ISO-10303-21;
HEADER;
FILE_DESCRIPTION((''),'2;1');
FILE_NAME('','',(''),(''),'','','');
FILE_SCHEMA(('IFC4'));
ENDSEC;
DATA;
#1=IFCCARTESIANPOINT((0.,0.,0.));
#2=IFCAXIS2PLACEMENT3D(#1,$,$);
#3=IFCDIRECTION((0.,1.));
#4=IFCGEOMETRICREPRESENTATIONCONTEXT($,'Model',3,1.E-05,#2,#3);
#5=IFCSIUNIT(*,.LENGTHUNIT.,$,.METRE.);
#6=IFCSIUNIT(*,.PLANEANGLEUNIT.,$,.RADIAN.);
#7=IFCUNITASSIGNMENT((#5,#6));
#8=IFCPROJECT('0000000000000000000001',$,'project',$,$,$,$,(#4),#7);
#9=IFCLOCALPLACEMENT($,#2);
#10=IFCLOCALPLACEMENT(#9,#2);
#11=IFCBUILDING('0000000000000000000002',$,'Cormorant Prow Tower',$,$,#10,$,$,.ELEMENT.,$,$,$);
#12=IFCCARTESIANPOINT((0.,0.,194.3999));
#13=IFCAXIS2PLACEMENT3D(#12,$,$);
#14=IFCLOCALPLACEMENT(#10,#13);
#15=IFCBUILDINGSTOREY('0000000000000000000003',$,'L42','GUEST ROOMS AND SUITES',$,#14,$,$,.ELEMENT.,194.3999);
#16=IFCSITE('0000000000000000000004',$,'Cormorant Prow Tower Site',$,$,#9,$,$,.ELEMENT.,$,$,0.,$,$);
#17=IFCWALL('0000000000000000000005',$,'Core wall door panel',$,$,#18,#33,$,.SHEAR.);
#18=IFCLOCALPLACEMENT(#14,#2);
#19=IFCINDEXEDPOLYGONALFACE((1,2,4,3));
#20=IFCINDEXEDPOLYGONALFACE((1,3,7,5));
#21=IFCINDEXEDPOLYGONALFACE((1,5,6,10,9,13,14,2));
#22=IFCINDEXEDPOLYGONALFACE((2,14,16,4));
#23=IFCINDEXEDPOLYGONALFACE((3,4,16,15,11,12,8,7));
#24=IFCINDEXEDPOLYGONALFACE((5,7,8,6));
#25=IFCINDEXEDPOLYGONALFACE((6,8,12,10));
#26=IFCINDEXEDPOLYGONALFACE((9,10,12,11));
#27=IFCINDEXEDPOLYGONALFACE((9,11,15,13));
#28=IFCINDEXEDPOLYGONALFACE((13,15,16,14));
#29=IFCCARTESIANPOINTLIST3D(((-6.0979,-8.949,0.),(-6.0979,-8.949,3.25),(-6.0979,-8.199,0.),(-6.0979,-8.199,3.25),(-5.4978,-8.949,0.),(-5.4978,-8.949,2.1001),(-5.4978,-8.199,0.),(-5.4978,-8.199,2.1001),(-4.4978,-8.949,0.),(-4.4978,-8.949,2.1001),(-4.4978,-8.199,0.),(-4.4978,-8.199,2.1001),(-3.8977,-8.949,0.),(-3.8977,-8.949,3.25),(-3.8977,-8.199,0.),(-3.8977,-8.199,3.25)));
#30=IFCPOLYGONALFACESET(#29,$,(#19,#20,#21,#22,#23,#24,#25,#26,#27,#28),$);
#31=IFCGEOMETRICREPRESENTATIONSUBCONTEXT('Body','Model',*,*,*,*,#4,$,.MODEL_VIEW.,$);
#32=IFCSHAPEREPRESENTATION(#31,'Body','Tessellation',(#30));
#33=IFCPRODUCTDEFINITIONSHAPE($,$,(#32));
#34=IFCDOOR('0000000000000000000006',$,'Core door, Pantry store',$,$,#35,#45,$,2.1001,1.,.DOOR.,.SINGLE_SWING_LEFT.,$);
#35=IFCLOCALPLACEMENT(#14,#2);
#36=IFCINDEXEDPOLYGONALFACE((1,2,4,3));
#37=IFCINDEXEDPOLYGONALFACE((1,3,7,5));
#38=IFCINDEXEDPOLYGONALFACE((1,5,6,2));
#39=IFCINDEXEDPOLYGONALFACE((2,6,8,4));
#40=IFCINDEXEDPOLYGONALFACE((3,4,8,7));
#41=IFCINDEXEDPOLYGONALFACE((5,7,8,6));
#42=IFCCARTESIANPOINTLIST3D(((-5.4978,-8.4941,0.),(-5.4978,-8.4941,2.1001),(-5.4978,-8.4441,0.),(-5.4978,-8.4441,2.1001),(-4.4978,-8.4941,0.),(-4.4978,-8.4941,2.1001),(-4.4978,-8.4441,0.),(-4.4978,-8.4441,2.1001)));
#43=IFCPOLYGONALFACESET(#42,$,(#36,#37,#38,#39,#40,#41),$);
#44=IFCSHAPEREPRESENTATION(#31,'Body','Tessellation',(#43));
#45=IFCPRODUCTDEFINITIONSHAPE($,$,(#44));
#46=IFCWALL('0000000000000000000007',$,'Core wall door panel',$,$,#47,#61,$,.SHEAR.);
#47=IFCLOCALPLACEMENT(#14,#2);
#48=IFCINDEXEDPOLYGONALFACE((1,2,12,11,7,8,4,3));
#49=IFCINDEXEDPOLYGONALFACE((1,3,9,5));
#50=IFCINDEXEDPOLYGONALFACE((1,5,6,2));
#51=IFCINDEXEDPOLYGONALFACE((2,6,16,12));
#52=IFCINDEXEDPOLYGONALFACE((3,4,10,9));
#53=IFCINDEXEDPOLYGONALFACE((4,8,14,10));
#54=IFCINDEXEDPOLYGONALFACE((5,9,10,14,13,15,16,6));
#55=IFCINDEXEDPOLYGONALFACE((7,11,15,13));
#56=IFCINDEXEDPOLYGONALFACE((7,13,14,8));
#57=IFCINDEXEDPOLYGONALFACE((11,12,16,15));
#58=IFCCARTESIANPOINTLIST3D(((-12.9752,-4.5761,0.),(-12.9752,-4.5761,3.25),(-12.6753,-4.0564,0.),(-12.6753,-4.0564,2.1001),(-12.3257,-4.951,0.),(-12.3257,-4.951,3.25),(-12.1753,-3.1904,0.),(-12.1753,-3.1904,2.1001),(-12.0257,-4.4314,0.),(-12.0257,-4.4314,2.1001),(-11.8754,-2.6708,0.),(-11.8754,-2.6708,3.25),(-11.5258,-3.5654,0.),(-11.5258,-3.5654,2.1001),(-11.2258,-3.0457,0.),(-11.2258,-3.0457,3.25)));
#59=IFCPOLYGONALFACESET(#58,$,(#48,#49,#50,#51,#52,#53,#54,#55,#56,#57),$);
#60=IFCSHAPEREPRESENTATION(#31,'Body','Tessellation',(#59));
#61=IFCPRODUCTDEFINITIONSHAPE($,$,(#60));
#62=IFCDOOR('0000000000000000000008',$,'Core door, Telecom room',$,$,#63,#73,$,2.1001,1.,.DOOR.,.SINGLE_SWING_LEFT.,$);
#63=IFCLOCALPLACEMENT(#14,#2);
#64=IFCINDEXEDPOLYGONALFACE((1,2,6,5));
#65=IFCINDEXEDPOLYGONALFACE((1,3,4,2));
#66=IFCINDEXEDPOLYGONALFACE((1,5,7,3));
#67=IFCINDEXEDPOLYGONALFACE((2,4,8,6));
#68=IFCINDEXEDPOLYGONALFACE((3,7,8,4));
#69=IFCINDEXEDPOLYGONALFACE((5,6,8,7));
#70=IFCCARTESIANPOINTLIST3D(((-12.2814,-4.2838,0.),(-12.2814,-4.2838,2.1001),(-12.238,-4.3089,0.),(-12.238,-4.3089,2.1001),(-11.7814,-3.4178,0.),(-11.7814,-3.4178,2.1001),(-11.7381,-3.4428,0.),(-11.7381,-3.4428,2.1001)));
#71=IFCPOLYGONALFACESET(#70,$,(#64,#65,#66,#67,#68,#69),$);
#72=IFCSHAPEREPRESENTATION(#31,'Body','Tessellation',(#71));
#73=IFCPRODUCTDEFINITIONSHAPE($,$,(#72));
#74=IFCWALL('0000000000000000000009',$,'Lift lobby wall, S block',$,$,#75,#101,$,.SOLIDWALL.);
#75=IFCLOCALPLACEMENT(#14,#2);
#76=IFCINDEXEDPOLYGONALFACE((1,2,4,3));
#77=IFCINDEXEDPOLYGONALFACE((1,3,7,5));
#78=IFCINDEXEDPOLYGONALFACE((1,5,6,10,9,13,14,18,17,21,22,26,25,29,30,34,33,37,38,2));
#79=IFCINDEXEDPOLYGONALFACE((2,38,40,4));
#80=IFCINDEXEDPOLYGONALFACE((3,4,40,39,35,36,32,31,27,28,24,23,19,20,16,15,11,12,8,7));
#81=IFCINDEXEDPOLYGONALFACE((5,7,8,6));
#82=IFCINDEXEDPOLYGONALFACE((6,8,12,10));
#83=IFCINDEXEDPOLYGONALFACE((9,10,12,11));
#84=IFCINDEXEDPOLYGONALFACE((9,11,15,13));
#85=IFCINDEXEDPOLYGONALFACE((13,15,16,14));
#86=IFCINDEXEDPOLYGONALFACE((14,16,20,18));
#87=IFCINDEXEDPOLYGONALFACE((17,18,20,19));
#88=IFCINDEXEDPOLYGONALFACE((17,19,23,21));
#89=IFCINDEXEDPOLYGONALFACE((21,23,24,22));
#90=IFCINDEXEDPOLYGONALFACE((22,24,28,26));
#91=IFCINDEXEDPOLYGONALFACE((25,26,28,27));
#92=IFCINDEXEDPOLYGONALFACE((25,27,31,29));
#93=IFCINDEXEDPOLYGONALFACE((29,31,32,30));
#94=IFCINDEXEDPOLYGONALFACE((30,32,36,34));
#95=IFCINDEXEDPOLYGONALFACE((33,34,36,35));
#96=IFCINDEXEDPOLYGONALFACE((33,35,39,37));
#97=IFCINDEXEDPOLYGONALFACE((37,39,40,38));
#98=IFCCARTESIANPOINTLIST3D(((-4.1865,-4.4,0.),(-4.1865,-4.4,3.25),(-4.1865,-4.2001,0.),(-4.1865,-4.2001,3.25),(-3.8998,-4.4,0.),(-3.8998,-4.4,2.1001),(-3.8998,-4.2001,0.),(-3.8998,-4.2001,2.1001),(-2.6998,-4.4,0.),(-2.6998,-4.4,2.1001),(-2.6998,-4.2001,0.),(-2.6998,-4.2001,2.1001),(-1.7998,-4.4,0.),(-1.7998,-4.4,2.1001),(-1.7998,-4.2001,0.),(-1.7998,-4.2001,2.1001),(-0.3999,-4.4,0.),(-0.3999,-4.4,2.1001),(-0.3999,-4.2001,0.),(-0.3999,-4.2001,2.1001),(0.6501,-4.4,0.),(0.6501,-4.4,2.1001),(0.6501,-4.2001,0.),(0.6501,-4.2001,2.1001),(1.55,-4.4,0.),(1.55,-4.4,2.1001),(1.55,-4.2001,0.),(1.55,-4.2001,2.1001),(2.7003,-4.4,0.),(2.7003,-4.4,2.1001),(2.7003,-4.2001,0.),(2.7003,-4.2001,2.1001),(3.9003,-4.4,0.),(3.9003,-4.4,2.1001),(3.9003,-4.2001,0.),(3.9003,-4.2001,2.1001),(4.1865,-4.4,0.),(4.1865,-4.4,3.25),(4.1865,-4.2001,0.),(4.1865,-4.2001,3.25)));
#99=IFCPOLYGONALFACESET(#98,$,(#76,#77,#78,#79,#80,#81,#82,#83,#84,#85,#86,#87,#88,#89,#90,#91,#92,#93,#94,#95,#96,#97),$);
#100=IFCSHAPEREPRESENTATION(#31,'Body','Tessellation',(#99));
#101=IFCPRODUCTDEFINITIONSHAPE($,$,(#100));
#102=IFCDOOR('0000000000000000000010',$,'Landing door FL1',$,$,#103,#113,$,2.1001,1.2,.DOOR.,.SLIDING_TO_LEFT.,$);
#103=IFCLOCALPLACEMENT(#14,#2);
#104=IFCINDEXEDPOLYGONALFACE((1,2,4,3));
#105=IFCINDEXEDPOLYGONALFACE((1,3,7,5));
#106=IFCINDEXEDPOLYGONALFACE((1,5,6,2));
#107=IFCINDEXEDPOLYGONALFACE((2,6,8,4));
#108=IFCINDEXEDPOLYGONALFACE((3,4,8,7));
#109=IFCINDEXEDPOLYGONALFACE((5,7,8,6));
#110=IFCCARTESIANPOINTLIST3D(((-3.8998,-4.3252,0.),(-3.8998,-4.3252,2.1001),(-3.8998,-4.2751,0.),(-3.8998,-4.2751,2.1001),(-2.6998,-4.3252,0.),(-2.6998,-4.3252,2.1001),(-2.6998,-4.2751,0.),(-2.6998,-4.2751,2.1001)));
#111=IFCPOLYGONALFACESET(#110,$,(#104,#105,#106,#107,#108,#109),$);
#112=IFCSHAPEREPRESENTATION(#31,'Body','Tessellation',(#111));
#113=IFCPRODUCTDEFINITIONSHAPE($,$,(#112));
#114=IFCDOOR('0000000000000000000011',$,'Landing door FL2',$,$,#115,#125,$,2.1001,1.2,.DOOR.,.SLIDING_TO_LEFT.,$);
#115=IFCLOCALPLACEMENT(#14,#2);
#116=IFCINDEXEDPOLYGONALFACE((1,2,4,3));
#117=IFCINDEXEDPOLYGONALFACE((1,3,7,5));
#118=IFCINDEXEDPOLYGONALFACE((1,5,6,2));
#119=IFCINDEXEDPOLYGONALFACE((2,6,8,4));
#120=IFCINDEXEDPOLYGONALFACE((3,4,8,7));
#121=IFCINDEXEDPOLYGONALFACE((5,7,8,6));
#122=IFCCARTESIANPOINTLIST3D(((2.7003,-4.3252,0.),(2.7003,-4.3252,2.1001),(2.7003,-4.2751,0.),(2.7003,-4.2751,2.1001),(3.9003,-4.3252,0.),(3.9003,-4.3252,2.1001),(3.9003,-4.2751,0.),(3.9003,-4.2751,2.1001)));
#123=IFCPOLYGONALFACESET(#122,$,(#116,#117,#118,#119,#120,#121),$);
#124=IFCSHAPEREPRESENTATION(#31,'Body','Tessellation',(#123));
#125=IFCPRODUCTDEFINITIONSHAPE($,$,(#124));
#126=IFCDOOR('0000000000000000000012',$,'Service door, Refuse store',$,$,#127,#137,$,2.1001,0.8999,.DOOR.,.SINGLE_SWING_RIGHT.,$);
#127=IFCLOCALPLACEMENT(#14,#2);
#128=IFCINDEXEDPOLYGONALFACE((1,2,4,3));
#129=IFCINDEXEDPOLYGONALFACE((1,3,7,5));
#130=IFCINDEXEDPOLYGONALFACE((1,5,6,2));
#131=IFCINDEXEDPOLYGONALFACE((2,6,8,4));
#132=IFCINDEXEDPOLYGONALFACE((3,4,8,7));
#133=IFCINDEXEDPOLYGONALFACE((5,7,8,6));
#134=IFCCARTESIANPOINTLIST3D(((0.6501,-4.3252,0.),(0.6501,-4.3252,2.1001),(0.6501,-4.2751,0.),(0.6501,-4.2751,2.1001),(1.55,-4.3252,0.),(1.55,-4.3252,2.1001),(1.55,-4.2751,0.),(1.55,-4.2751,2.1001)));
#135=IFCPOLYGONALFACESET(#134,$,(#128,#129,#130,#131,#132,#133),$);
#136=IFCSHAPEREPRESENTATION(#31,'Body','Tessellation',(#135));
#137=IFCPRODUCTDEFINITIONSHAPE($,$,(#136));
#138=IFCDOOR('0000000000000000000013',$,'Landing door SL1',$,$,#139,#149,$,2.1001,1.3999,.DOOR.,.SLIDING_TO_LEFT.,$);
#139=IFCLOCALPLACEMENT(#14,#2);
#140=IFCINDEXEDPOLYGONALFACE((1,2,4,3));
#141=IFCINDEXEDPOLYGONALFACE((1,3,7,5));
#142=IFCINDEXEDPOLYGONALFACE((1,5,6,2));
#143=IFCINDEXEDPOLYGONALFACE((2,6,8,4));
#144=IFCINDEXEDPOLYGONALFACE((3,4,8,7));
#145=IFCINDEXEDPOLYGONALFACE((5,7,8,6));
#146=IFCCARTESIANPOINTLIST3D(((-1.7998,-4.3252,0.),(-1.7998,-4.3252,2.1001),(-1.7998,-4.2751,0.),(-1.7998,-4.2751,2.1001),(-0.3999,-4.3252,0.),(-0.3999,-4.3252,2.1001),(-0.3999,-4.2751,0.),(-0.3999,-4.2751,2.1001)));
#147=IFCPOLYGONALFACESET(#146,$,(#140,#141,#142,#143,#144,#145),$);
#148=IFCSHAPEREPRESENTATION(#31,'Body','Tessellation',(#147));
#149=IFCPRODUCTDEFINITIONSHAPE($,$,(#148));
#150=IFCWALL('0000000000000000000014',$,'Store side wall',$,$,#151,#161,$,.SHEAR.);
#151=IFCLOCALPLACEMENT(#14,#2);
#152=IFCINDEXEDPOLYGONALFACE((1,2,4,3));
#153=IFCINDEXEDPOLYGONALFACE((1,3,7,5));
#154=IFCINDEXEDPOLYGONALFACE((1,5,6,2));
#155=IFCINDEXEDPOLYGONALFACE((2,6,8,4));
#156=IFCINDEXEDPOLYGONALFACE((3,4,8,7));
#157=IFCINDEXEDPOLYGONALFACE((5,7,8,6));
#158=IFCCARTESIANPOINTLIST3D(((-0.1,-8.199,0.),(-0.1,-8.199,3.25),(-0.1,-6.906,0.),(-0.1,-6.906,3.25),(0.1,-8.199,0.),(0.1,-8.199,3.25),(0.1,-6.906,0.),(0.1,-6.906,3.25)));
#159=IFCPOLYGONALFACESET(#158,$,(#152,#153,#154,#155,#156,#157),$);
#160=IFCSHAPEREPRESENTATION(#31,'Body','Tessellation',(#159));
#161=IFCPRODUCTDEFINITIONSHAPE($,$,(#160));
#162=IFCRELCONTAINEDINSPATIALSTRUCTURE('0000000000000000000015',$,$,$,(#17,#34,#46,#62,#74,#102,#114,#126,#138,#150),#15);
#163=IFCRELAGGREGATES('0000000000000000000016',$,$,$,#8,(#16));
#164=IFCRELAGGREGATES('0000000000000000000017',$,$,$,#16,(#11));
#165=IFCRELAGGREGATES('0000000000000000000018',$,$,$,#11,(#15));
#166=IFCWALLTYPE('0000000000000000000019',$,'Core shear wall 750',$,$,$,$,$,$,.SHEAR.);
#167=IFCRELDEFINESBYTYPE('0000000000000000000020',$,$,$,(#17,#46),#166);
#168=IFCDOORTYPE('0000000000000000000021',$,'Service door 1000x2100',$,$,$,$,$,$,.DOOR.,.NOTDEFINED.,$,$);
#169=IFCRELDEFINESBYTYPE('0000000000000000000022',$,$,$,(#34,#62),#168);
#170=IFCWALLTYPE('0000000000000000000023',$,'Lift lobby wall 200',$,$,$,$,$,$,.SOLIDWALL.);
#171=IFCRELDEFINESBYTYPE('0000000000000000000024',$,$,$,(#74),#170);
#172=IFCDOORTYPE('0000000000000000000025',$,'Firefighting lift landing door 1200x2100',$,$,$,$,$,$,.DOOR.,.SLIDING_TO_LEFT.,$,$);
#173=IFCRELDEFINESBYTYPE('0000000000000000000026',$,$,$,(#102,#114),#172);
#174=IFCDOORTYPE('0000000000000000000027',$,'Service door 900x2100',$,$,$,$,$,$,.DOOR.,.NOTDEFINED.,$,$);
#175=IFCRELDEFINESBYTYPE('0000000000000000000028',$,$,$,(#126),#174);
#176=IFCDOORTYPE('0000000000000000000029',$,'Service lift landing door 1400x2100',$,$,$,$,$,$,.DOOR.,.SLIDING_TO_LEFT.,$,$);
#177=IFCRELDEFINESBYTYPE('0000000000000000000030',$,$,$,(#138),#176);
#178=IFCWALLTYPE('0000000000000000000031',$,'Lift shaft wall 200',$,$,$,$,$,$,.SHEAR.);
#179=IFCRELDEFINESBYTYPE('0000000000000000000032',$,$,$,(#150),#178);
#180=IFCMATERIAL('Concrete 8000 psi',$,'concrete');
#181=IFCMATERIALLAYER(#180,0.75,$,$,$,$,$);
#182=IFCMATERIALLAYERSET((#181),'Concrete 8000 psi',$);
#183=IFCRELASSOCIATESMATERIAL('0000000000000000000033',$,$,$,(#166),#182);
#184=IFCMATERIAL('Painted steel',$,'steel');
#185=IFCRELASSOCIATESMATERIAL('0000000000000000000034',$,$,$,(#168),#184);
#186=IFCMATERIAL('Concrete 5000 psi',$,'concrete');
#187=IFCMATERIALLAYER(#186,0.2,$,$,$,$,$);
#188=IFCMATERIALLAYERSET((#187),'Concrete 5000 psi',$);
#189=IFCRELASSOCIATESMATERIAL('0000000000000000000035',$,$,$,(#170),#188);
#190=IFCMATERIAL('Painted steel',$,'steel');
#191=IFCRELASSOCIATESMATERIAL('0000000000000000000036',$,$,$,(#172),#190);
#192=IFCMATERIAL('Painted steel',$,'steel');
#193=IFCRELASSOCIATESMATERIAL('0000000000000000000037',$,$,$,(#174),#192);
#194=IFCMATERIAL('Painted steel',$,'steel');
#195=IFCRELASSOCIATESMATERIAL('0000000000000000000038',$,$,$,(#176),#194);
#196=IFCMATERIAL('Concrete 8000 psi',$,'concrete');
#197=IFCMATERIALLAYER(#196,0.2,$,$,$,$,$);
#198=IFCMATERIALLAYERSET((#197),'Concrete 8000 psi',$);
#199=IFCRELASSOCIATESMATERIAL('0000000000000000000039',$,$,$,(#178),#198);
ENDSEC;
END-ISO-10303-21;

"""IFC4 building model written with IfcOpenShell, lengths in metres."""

from ifc_helpers import new_model, si_unit, direction, frame, frame_2d, origin, place, context, subcontext, project, spatial, rectangle, extrude, material, layer, layer_set, type_object, element, fill, save


model = new_model("IFC4")

# Units and contexts
model_context = context("Model", 3, precision=1e-05, world=origin(), true_north=direction((0.0, 1.0)))
body_context = subcontext(model_context, "Body", "Model", "MODEL_VIEW")
ifc_project = project(units=[si_unit("LENGTHUNIT", "METRE"), si_unit("PLANEANGLEUNIT", "RADIAN")], contexts=[model_context])

# Site, building, storey
site_placement = place(None, origin())
site = spatial("IfcSite", under=ifc_project, at=site_placement, Name="Cormorant Prow Tower Site", CompositionType="ELEMENT", RefElevation=0.0)
building_placement = place(site_placement, origin())
building = spatial("IfcBuilding", under=site, at=building_placement, Name="Cormorant Prow Tower", CompositionType="ELEMENT")
storey_placement = place(building_placement, frame((0.0, 0.0, 194.3999)))
storey = spatial("IfcBuildingStorey", under=building, at=storey_placement, Name="L42", Description="GUEST ROOMS AND SUITES", CompositionType="ELEMENT", Elevation=194.3999)

# Shared definitions
ifc_material_1 = material(Name="Concrete 8000 psi", Category="concrete")
ifc_layer_1 = layer(ifc_material_1, 0.75)
ifc_layer_set_1 = layer_set([ifc_layer_1], Name="Concrete 8000 psi")
wall_type_1 = type_object("IfcWallType", Name="Core shear wall 750", PredefinedType="SHEAR", material=ifc_layer_set_1)

# Walls, openings, doors
wall_1_placement = place(storey_placement, frame((-6.0979, -8.574, 0.0), z_axis=(0.0, 0.0, 1.0), x_axis=(1.0, 0.0, 0.0)))
wall_1 = element("IfcWall", 1, at=wall_1_placement, inside=storey, type_object=wall_type_1, Name="Core wall door panel", PredefinedType="SHEAR", context=body_context, shape_type="SweptSolid", body=[
    extrude(rectangle(XDim=2.2002, YDim=0.75, at=frame_2d((1.1001, 0.0))), origin(), (0.0, 0.0, 1.0), 3.25),
])
opening_1_placement = place(wall_1_placement, frame((0.6001, 0.0, 0.0)))
opening_1 = element("IfcOpeningElement", 2, at=opening_1_placement, cuts=wall_1, PredefinedType="OPENING", context=body_context, shape_type="SweptSolid", body=[
    extrude(rectangle(XDim=1.0, YDim=2.1001, at=frame_2d((0.5, 1.05))), frame((0.0, 0.385, 0.0), z_axis=(0.0, -1.0, 0.0), x_axis=(1.0, 0.0, 0.0)), (0.0, 0.0, 1.0), 0.77),
])
ifc_material_2 = material(Name="Painted steel", Category="steel")
door_type_1 = type_object("IfcDoorType", Name="Service door 1000x2100", OperationType="NOTDEFINED", PredefinedType="DOOR", material=ifc_material_2)
door_1_placement = place(opening_1_placement, origin())
door_1 = element("IfcDoor", 3, at=door_1_placement, inside=storey, type_object=door_type_1, Name="Core door, Pantry store", OperationType="SINGLE_SWING_LEFT", OverallHeight=2.1001, OverallWidth=1.0, PredefinedType="DOOR", context=body_context, shape_type="SweptSolid", body=[
    extrude(rectangle(XDim=1.0, YDim=2.1001, at=frame_2d((0.5, 1.05))), frame((0.0, 0.1299, 0.0), z_axis=(0.0, -1.0, 0.0), x_axis=(1.0, 0.0, 0.0)), (0.0, 0.0, 1.0), 0.05),
])
fill(opening_1, door_1)
wall_2_placement = place(storey_placement, frame((-11.5505, -2.8582, 0.0), z_axis=(0.0, 0.0, 1.0), x_axis=(-0.499947, -0.866056, 0.0)))
wall_2 = element("IfcWall", 4, at=wall_2_placement, inside=storey, type_object=wall_type_1, Name="Core wall door panel", PredefinedType="SHEAR", context=body_context, shape_type="SweptSolid", body=[
    extrude(rectangle(XDim=2.2, YDim=0.75, at=frame_2d((1.1001, 0.0))), origin(), (0.0, 0.0, 1.0), 3.25),
])
opening_2_placement = place(wall_2_placement, frame((0.6001, 0.0, 0.0)))
opening_2 = element("IfcOpeningElement", 5, at=opening_2_placement, cuts=wall_2, PredefinedType="OPENING", context=body_context, shape_type="SweptSolid", body=[
    extrude(rectangle(XDim=1.0, YDim=2.1001, at=frame_2d((0.5, 1.05))), frame((0.0, 0.385, 0.0), z_axis=(0.0, -1.0, 0.0), x_axis=(1.0, 0.0, 0.0)), (0.0, 0.0, 1.0), 0.77),
])
door_2_placement = place(opening_2_placement, origin())
door_2 = element("IfcDoor", 6, at=door_2_placement, inside=storey, type_object=door_type_1, Name="Core door, Telecom room", OperationType="SINGLE_SWING_LEFT", OverallHeight=2.1001, OverallWidth=1.0, PredefinedType="DOOR", context=body_context, shape_type="SweptSolid", body=[
    extrude(rectangle(XDim=1.0, YDim=2.1001, at=frame_2d((0.5, 1.05))), frame((0.0, 0.1299, 0.0), z_axis=(0.0, -1.0, 0.0), x_axis=(1.0, 0.0, 0.0)), (0.0, 0.0, 1.0), 0.05),
])
fill(opening_2, door_2)

# Wall, openings, doors
ifc_material_3 = material(Name="Concrete 5000 psi", Category="concrete")
ifc_layer_2 = layer(ifc_material_3, 0.2)
ifc_layer_set_2 = layer_set([ifc_layer_2], Name="Concrete 5000 psi")
wall_type_2 = type_object("IfcWallType", Name="Lift lobby wall 200", PredefinedType="SOLIDWALL", material=ifc_layer_set_2)
wall_3_placement = place(storey_placement, frame((-4.1865, -4.3, 0.0), z_axis=(0.0, 0.0, 1.0), x_axis=(1.0, 0.0, 0.0)))
wall_3 = element("IfcWall", 7, at=wall_3_placement, inside=storey, type_object=wall_type_2, Name="Lift lobby wall, S block", PredefinedType="SOLIDWALL", context=body_context, shape_type="SweptSolid", body=[
    extrude(rectangle(XDim=8.373, YDim=0.2, at=frame_2d((4.1865, 0.0))), origin(), (0.0, 0.0, 1.0), 3.25),
])
opening_3_placement = place(wall_3_placement, frame((0.2866, 0.0, 0.0)))
opening_3 = element("IfcOpeningElement", 8, at=opening_3_placement, cuts=wall_3, PredefinedType="OPENING", context=body_context, shape_type="SweptSolid", body=[
    extrude(rectangle(XDim=1.2, YDim=2.1001, at=frame_2d((0.6001, 1.05))), frame((0.0, 0.1099, 0.0), z_axis=(0.0, -1.0, 0.0), x_axis=(1.0, 0.0, 0.0)), (0.0, 0.0, 1.0), 0.22),
])
opening_4_placement = place(wall_3_placement, frame((2.3867, 0.0, 0.0)))
opening_4 = element("IfcOpeningElement", 9, at=opening_4_placement, cuts=wall_3, PredefinedType="OPENING", context=body_context, shape_type="SweptSolid", body=[
    extrude(rectangle(XDim=1.3999, YDim=2.1001, at=frame_2d((0.7, 1.05))), frame((0.0, 0.1099, 0.0), z_axis=(0.0, -1.0, 0.0), x_axis=(1.0, 0.0, 0.0)), (0.0, 0.0, 1.0), 0.22),
])
opening_5_placement = place(wall_3_placement, frame((4.8367, 0.0, 0.0)))
opening_5 = element("IfcOpeningElement", 10, at=opening_5_placement, cuts=wall_3, PredefinedType="OPENING", context=body_context, shape_type="SweptSolid", body=[
    extrude(rectangle(XDim=0.8999, YDim=2.1001, at=frame_2d((0.45, 1.05))), frame((0.0, 0.1099, 0.0), z_axis=(0.0, -1.0, 0.0), x_axis=(1.0, 0.0, 0.0)), (0.0, 0.0, 1.0), 0.22),
])
opening_6_placement = place(wall_3_placement, frame((6.8867, 0.0, 0.0)))
opening_6 = element("IfcOpeningElement", 11, at=opening_6_placement, cuts=wall_3, PredefinedType="OPENING", context=body_context, shape_type="SweptSolid", body=[
    extrude(rectangle(XDim=1.2, YDim=2.1001, at=frame_2d((0.6001, 1.05))), frame((0.0, 0.1099, 0.0), z_axis=(0.0, -1.0, 0.0), x_axis=(1.0, 0.0, 0.0)), (0.0, 0.0, 1.0), 0.22),
])
ifc_material_4 = material(Name="Painted steel", Category="steel")
door_type_2 = type_object("IfcDoorType", Name="Firefighting lift landing door 1200x2100", OperationType="SLIDING_TO_LEFT", PredefinedType="DOOR", material=ifc_material_4)
door_3_placement = place(opening_3_placement, origin())
door_3 = element("IfcDoor", 12, at=door_3_placement, inside=storey, type_object=door_type_2, Name="Landing door FL1", OperationType="SLIDING_TO_LEFT", OverallHeight=2.1001, OverallWidth=1.2, PredefinedType="DOOR", context=body_context, shape_type="SweptSolid", body=[
    extrude(rectangle(XDim=1.2, YDim=2.1001, at=frame_2d((0.6001, 1.05))), frame((0.0, 0.0249, 0.0), z_axis=(0.0, -1.0, 0.0), x_axis=(1.0, 0.0, 0.0)), (0.0, 0.0, 1.0), 0.05),
])
fill(opening_3, door_3)
door_4_placement = place(opening_6_placement, origin())
door_4 = element("IfcDoor", 13, at=door_4_placement, inside=storey, type_object=door_type_2, Name="Landing door FL2", OperationType="SLIDING_TO_LEFT", OverallHeight=2.1001, OverallWidth=1.2, PredefinedType="DOOR", context=body_context, shape_type="SweptSolid", body=[
    extrude(rectangle(XDim=1.2, YDim=2.1001, at=frame_2d((0.6001, 1.05))), frame((0.0, 0.0249, 0.0), z_axis=(0.0, -1.0, 0.0), x_axis=(1.0, 0.0, 0.0)), (0.0, 0.0, 1.0), 0.05),
])
fill(opening_6, door_4)
ifc_material_5 = material(Name="Painted steel", Category="steel")
door_type_3 = type_object("IfcDoorType", Name="Service door 900x2100", OperationType="NOTDEFINED", PredefinedType="DOOR", material=ifc_material_5)
door_5_placement = place(opening_5_placement, origin())
door_5 = element("IfcDoor", 14, at=door_5_placement, inside=storey, type_object=door_type_3, Name="Service door, Refuse store", OperationType="SINGLE_SWING_RIGHT", OverallHeight=2.1001, OverallWidth=0.8999, PredefinedType="DOOR", context=body_context, shape_type="SweptSolid", body=[
    extrude(rectangle(XDim=0.8999, YDim=2.1001, at=frame_2d((0.45, 1.05))), frame((0.0, 0.0249, 0.0), z_axis=(0.0, -1.0, 0.0), x_axis=(1.0, 0.0, 0.0)), (0.0, 0.0, 1.0), 0.05),
])
fill(opening_5, door_5)
ifc_material_6 = material(Name="Painted steel", Category="steel")
door_type_4 = type_object("IfcDoorType", Name="Service lift landing door 1400x2100", OperationType="SLIDING_TO_LEFT", PredefinedType="DOOR", material=ifc_material_6)
door_6_placement = place(opening_4_placement, origin())
door_6 = element("IfcDoor", 15, at=door_6_placement, inside=storey, type_object=door_type_4, Name="Landing door SL1", OperationType="SLIDING_TO_LEFT", OverallHeight=2.1001, OverallWidth=1.3999, PredefinedType="DOOR", context=body_context, shape_type="SweptSolid", body=[
    extrude(rectangle(XDim=1.3999, YDim=2.1001, at=frame_2d((0.7, 1.05))), frame((0.0, 0.0249, 0.0), z_axis=(0.0, -1.0, 0.0), x_axis=(1.0, 0.0, 0.0)), (0.0, 0.0, 1.0), 0.05),
])
fill(opening_4, door_6)

# Wall
ifc_material_7 = material(Name="Concrete 8000 psi", Category="concrete")
ifc_layer_3 = layer(ifc_material_7, 0.2)
ifc_layer_set_3 = layer_set([ifc_layer_3], Name="Concrete 8000 psi")
wall_type_3 = type_object("IfcWallType", Name="Lift shaft wall 200", PredefinedType="SHEAR", material=ifc_layer_set_3)
for number, where, z_axis, x_axis, name in (
    (16, (0.0, -6.906, 0.0), (0.0, 0.0, 1.0), (0.0, -1.0, 0.0), "Store side wall"),
):
    element("IfcWall", number, at=place(storey_placement, frame(where, z_axis=z_axis, x_axis=x_axis)), inside=storey, type_object=wall_type_3, Name=name, PredefinedType="SHEAR", context=body_context, shape_type="SweptSolid", body=[
        extrude(rectangle(XDim=1.293, YDim=0.2, at=frame_2d((0.6465, 0.0))), origin(), (0.0, 0.0, 1.0), 3.25),
    ])

save(model, "model.ifc")
